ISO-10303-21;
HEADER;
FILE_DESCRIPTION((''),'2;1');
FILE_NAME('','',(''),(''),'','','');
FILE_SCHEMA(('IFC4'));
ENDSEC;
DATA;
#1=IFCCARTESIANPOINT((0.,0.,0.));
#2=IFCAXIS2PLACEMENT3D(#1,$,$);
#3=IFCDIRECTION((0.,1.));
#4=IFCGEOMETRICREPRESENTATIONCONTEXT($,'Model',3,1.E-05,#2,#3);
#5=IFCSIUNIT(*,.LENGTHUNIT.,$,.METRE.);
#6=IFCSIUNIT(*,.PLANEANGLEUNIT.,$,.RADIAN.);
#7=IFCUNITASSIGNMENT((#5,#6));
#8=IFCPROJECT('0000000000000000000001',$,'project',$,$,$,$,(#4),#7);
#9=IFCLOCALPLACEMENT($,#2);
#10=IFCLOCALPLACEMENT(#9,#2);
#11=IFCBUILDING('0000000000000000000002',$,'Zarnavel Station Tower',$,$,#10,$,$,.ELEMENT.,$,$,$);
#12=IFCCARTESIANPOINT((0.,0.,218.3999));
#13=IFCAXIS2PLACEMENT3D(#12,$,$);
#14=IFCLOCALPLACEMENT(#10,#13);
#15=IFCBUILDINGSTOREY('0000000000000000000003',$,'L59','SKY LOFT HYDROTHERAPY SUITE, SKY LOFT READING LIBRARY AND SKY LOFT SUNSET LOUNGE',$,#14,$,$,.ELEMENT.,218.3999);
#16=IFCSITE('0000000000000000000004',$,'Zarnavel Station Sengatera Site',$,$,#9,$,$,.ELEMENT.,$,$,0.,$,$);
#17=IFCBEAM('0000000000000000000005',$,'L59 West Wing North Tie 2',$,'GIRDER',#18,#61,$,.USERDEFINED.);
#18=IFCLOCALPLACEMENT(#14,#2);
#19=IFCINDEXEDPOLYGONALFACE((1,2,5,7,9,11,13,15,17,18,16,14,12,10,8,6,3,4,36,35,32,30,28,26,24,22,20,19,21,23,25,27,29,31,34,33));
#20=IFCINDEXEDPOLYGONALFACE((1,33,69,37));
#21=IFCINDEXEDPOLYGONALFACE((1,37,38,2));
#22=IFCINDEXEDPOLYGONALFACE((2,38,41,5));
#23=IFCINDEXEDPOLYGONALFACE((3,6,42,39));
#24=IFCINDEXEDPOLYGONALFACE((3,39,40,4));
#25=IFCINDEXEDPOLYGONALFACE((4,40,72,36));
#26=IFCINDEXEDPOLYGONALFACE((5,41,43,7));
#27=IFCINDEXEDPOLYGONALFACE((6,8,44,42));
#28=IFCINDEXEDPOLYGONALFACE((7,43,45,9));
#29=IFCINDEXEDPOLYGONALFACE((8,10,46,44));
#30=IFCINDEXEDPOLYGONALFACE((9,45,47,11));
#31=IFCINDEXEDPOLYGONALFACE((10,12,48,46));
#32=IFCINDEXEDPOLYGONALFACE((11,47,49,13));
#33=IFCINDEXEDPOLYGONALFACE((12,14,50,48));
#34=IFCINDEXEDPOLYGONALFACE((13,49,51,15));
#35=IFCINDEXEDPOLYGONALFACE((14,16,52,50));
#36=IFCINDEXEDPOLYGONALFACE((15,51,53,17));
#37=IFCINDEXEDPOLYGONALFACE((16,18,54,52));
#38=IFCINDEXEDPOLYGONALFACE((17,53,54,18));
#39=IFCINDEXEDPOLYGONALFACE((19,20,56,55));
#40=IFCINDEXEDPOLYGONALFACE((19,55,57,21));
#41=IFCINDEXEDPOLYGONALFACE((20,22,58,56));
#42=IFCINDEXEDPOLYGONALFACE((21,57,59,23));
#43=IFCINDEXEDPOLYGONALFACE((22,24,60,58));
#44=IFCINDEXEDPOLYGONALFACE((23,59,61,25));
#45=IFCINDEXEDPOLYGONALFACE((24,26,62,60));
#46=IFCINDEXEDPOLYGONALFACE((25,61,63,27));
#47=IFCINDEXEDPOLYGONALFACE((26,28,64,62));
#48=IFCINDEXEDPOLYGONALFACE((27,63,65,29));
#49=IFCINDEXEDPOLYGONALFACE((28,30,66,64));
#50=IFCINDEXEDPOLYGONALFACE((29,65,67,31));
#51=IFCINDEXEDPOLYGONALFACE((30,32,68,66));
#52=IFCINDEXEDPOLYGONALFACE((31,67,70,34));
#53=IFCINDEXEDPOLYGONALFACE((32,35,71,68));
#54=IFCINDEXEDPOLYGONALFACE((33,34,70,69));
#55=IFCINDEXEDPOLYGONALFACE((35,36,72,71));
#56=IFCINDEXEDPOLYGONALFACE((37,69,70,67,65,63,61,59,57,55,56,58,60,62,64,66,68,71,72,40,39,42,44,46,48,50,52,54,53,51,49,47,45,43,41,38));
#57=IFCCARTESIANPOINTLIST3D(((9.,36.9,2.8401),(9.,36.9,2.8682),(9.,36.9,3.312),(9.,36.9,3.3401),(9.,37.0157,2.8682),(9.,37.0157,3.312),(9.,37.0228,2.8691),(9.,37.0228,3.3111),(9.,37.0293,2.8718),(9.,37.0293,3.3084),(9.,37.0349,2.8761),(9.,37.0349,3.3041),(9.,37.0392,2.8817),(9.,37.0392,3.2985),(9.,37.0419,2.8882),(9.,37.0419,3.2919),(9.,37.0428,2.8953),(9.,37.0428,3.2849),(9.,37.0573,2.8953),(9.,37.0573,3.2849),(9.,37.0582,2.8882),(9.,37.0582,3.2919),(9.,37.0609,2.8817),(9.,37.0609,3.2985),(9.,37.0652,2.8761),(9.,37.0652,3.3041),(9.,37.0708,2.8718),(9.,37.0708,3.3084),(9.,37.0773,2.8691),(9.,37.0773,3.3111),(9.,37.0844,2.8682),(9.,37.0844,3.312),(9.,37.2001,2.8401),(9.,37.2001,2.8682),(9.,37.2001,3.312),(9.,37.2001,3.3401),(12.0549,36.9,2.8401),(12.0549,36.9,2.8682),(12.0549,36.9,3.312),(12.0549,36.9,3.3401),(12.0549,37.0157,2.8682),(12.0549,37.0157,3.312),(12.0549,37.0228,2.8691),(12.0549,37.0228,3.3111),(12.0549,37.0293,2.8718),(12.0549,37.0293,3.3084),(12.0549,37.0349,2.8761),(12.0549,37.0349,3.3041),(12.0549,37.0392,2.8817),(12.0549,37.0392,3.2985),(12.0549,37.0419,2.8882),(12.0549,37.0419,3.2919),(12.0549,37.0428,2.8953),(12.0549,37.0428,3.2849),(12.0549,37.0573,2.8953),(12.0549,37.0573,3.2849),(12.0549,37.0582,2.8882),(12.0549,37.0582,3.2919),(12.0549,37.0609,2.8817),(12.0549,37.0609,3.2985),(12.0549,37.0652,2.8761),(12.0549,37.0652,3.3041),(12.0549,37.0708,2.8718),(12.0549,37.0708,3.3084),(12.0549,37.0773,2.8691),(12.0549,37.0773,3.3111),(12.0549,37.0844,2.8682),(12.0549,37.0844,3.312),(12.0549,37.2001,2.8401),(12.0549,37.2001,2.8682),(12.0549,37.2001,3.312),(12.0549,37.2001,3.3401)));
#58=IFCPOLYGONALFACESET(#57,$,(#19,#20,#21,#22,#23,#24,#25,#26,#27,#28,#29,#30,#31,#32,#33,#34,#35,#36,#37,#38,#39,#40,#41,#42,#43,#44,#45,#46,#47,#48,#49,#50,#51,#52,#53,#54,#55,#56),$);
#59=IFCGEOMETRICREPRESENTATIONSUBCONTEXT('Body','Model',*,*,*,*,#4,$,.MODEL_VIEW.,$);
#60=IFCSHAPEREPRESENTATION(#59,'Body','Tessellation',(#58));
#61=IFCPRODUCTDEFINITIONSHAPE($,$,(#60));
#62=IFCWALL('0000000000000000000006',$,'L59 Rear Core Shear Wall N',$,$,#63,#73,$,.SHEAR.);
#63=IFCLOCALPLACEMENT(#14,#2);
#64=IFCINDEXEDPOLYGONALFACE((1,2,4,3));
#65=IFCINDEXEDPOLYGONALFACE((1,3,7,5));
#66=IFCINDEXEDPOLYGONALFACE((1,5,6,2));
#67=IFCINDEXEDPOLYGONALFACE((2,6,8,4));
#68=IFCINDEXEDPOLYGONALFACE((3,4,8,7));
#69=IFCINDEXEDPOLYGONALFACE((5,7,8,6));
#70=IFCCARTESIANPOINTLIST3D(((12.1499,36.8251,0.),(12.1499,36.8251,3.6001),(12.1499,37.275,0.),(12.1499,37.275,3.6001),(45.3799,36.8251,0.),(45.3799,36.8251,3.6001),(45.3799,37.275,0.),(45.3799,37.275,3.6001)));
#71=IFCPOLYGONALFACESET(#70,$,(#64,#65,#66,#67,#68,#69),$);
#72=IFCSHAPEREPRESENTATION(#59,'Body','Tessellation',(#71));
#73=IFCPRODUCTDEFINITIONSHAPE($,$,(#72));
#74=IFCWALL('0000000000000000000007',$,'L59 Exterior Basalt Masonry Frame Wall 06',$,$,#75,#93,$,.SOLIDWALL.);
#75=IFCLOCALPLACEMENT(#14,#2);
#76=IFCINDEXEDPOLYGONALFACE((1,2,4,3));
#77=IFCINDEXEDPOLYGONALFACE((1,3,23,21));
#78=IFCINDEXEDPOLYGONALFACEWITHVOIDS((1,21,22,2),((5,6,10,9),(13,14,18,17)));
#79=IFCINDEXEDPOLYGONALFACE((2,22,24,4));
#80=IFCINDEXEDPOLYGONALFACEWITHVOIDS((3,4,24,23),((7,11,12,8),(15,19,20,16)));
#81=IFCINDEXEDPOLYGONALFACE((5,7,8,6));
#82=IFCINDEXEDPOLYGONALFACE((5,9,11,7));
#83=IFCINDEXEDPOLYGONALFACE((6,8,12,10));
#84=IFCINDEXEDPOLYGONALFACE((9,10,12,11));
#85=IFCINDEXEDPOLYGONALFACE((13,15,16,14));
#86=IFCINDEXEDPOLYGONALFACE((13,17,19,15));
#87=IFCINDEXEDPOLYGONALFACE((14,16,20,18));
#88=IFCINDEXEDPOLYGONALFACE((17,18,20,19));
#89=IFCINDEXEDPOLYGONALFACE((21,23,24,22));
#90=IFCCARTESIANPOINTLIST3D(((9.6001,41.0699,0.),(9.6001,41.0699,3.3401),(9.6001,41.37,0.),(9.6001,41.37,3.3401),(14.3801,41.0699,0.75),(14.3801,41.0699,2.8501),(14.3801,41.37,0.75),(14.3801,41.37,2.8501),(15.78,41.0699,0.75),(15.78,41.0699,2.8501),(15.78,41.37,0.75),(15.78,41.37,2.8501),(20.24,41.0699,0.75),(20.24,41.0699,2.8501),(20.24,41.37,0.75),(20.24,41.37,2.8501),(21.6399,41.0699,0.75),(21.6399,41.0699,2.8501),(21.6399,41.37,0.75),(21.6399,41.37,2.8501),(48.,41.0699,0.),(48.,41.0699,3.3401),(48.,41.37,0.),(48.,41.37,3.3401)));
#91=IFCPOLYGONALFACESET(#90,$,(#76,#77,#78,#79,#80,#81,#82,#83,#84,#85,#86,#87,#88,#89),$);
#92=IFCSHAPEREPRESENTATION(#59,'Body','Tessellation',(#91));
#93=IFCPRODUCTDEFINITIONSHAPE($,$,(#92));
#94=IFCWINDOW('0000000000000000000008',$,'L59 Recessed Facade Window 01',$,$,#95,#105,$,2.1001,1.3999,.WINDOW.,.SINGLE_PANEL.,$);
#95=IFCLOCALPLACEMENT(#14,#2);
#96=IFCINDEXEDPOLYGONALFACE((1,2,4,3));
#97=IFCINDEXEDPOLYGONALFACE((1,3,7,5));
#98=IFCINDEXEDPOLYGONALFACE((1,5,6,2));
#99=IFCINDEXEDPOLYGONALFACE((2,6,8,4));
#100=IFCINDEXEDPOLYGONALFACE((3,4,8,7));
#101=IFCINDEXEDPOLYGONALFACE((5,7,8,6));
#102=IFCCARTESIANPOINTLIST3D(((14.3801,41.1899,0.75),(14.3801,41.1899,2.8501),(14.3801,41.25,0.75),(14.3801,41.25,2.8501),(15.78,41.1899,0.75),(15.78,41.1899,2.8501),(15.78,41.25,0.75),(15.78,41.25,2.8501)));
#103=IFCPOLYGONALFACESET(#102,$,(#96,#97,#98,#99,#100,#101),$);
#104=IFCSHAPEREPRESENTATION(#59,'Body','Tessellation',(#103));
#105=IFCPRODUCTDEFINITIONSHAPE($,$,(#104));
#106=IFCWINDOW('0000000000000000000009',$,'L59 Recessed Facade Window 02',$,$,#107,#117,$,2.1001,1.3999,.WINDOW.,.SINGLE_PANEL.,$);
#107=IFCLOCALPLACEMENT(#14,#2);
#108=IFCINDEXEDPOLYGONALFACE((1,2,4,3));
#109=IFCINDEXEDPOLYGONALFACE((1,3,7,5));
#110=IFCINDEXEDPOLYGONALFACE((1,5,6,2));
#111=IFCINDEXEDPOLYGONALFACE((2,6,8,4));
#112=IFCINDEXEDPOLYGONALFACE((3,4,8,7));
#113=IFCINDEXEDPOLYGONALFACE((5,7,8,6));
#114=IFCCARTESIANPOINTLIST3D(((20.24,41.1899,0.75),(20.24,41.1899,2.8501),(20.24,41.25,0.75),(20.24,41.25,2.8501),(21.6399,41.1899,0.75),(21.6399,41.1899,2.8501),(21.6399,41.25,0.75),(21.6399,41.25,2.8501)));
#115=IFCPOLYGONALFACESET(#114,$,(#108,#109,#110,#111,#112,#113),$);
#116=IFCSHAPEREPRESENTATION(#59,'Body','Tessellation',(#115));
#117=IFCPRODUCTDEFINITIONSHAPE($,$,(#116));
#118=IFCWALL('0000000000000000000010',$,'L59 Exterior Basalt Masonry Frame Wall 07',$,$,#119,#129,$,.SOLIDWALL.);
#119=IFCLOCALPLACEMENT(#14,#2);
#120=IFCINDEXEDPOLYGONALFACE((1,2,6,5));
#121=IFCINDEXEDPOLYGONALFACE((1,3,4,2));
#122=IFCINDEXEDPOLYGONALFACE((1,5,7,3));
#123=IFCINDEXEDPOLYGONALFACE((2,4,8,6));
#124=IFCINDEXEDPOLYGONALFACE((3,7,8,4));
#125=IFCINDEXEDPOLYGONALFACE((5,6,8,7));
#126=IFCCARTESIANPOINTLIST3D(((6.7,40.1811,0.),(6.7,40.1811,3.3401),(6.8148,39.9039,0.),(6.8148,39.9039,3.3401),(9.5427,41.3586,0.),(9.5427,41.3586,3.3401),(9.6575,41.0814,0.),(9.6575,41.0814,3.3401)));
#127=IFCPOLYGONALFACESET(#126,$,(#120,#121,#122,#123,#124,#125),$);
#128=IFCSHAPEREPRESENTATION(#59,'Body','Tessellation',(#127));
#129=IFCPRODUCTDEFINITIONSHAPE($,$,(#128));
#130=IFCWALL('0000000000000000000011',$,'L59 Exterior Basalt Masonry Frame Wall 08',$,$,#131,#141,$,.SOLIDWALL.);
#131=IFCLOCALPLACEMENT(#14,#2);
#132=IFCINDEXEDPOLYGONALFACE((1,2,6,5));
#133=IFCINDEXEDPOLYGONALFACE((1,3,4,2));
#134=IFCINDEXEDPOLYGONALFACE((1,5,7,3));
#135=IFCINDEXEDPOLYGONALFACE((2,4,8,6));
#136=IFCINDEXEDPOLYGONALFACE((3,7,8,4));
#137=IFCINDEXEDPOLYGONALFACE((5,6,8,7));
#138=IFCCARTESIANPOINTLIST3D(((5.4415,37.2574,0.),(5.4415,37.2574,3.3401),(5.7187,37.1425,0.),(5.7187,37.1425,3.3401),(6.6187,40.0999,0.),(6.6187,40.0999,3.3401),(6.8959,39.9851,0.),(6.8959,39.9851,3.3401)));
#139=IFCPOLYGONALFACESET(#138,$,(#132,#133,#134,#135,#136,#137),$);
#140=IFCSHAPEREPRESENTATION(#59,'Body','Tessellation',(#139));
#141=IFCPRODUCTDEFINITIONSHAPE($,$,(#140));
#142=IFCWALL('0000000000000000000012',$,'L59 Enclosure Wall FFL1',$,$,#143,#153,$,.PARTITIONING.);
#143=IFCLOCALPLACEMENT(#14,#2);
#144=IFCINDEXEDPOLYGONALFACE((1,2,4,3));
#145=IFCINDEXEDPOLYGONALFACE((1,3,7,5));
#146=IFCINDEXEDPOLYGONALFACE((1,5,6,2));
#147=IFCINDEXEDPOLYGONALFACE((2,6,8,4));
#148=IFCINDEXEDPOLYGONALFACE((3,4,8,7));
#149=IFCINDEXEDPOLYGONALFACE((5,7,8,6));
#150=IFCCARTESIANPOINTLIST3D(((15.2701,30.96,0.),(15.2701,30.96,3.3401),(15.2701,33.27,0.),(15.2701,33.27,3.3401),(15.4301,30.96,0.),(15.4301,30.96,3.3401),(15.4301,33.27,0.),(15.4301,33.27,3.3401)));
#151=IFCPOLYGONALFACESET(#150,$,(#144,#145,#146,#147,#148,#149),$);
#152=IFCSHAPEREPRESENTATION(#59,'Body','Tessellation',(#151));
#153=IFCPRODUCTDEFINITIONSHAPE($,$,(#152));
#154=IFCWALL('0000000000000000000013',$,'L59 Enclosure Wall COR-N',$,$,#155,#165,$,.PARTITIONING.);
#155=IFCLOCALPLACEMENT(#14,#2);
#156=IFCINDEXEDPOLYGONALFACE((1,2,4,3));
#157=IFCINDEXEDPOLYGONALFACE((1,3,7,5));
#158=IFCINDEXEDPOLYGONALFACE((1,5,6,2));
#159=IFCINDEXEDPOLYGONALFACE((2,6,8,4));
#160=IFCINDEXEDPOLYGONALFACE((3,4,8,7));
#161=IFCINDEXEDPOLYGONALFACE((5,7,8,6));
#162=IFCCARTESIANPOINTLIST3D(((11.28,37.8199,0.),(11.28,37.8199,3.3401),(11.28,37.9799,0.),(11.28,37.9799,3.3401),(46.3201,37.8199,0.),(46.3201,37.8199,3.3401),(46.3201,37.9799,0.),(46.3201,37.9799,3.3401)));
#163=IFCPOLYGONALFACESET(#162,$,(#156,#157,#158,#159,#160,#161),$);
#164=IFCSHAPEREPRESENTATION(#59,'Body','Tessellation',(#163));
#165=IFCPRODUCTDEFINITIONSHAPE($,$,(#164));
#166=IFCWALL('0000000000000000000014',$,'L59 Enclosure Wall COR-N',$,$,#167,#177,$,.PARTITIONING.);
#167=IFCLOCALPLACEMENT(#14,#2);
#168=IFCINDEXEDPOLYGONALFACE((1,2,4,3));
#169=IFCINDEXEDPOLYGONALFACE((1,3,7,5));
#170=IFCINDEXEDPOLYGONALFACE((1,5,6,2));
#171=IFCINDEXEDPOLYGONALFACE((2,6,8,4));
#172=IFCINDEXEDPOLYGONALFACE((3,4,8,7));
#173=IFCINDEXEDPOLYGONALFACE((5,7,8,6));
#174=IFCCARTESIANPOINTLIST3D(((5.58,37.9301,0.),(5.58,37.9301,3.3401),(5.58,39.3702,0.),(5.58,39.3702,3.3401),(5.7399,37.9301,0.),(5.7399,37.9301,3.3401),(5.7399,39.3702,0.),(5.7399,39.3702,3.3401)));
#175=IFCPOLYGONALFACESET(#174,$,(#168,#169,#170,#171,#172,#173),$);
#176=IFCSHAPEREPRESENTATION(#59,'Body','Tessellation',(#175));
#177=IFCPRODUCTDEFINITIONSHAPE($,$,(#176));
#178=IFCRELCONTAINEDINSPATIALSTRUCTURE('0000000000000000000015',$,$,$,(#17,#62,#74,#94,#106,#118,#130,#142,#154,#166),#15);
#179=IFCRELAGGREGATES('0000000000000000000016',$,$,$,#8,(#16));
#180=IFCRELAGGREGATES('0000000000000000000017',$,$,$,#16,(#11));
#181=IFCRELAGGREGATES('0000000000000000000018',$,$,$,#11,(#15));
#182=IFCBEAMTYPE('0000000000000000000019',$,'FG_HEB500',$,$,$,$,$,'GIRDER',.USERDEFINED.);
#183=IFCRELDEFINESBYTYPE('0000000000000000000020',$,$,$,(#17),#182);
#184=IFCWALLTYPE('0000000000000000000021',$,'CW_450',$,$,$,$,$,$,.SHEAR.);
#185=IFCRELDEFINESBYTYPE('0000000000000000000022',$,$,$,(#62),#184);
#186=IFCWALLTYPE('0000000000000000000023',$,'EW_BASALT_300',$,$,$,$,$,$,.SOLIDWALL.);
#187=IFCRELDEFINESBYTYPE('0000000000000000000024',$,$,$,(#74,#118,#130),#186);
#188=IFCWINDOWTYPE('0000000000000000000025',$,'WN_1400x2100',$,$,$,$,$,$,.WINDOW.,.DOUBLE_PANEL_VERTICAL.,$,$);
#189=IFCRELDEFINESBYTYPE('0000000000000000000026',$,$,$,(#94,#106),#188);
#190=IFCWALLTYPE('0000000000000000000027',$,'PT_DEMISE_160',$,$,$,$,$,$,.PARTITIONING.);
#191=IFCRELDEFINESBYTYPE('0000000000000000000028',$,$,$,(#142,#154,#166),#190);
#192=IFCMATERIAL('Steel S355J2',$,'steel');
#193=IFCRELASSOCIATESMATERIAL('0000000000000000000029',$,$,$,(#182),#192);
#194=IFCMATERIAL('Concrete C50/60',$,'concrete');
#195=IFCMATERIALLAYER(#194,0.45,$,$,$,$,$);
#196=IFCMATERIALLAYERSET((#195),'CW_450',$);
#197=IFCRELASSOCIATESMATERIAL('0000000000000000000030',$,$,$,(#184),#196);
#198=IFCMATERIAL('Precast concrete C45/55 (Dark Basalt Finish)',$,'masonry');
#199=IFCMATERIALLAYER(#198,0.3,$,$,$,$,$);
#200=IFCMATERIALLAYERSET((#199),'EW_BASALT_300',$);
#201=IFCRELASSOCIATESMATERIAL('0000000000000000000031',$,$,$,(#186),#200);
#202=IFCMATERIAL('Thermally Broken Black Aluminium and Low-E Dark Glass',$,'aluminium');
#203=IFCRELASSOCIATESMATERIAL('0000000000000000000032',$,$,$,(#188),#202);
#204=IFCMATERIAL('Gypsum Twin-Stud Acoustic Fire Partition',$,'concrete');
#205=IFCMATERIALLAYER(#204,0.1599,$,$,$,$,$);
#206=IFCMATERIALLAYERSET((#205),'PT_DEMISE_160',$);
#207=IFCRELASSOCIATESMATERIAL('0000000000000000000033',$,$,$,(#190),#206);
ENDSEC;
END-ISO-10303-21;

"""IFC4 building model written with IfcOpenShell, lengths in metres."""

from ifc_helpers import new_model, si_unit, direction, frame, frame_2d, origin, origin_2d, place, context, subcontext, project, spatial, rectangle, i_section, extrude, material, layer, layer_set, material_profile, profile_set, type_object, element, fill, save


model = new_model("IFC4")

# Units and contexts
model_context = context("Model", 3, precision=1e-05, world=origin(), true_north=direction((0.0, 1.0)))
body_context = subcontext(model_context, "Body", "Model", "MODEL_VIEW")
ifc_project = project(units=[si_unit("LENGTHUNIT", "METRE"), si_unit("PLANEANGLEUNIT", "RADIAN")], contexts=[model_context])

# Site, building, storey
site_placement = place(None, origin())
site = spatial("IfcSite", under=ifc_project, at=site_placement, Name="Zarnavel Station Sengatera Site", CompositionType="ELEMENT", RefElevation=0.0)
building_placement = place(site_placement, origin())
building = spatial("IfcBuilding", under=site, at=building_placement, Name="Zarnavel Station Tower", CompositionType="ELEMENT")
storey_placement = place(building_placement, frame((0.0, 0.0, 218.3999)))
storey = spatial("IfcBuildingStorey", under=building, at=storey_placement, Name="L59", Description="SKY LOFT HYDROTHERAPY SUITE, SKY LOFT READING LIBRARY AND SKY LOFT SUNSET LOUNGE", CompositionType="ELEMENT", Elevation=218.3999)

# Beam
ifc_material_1 = material(Name="Steel S355J2", Category="steel")
ifc_material_profile_1 = material_profile(ifc_material_1, i_section(OverallWidth=0.3, OverallDepth=0.5, WebThickness=0.0144, FlangeThickness=0.0281, FilletRadius=0.0271, at=origin_2d()), Name="HEB500")
ifc_profile_set_1 = profile_set([ifc_material_profile_1], Name="Steel S355J2")
beam_type = type_object("IfcBeamType", Name="FG_HEB500", ElementType="GIRDER", PredefinedType="USERDEFINED", material=ifc_profile_set_1)
beam_1_placement = place(storey_placement, frame((9.0, 37.05, 3.0901), z_axis=(1.0, 0.0, 0.0), x_axis=(0.0, 1.0, 0.0)))
element("IfcBeam", 1, at=beam_1_placement, inside=storey, type_object=beam_type, Name="L59 West Wing North Tie 2", ObjectType="GIRDER", PredefinedType="USERDEFINED", context=body_context, shape_type="SweptSolid", body=[
    extrude(i_section(OverallWidth=0.3, OverallDepth=0.5, WebThickness=0.0144, FlangeThickness=0.0281, FilletRadius=0.0271, at=origin_2d()), origin(), (0.0, 0.0, 1.0), 3.0549),
])

# Wall
ifc_material_2 = material(Name="Concrete C50/60", Category="concrete")
ifc_layer_1 = layer(ifc_material_2, 0.45)
ifc_layer_set_1 = layer_set([ifc_layer_1], Name="CW_450")
wall_type_1 = type_object("IfcWallType", Name="CW_450", PredefinedType="SHEAR", material=ifc_layer_set_1)
wall_1_placement = place(storey_placement, frame((12.1499, 37.05, 0.0), z_axis=(0.0, 0.0, 1.0), x_axis=(1.0, 0.0, 0.0)))
element("IfcWall", 2, at=wall_1_placement, inside=storey, type_object=wall_type_1, Name="L59 Rear Core Shear Wall N", PredefinedType="SHEAR", context=body_context, shape_type="SweptSolid", body=[
    extrude(rectangle(XDim=33.23, YDim=0.45, at=frame_2d((16.615, 0.0))), origin(), (0.0, 0.0, 1.0), 3.6001),
])

# Wall, openings, windows
ifc_material_3 = material(Name="Precast concrete C45/55 (Dark Basalt Finish)", Category="masonry")
ifc_layer_2 = layer(ifc_material_3, 0.3)
ifc_layer_set_2 = layer_set([ifc_layer_2], Name="EW_BASALT_300")
wall_type_2 = type_object("IfcWallType", Name="EW_BASALT_300", PredefinedType="SOLIDWALL", material=ifc_layer_set_2)
wall_2_placement = place(storey_placement, frame((9.6001, 41.22, 0.0), z_axis=(0.0, 0.0, 1.0), x_axis=(1.0, 0.0, 0.0)))
wall_2 = element("IfcWall", 3, at=wall_2_placement, inside=storey, type_object=wall_type_2, Name="L59 Exterior Basalt Masonry Frame Wall 06", PredefinedType="SOLIDWALL", context=body_context, shape_type="SweptSolid", body=[
    extrude(rectangle(XDim=38.3999, YDim=0.3, at=frame_2d((19.2, 0.0))), origin(), (0.0, 0.0, 1.0), 3.3401),
])
opening_1_placement = place(wall_2_placement, frame((4.78, 0.0, 0.75)))
opening_1 = element("IfcOpeningElement", 4, at=opening_1_placement, cuts=wall_2, PredefinedType="OPENING", context=body_context, shape_type="SweptSolid", body=[
    extrude(rectangle(XDim=1.3999, YDim=2.1001, at=frame_2d((0.7, 1.05))), frame((0.0, 0.1599, 0.0), z_axis=(0.0, -1.0, 0.0), x_axis=(1.0, 0.0, 0.0)), (0.0, 0.0, 1.0), 0.3201),
])
opening_2_placement = place(wall_2_placement, frame((10.6399, 0.0, 0.75)))
opening_2 = element("IfcOpeningElement", 5, at=opening_2_placement, cuts=wall_2, PredefinedType="OPENING", context=body_context, shape_type="SweptSolid", body=[
    extrude(rectangle(XDim=1.3999, YDim=2.1001, at=frame_2d((0.7, 1.05))), frame((0.0, 0.1599, 0.0), z_axis=(0.0, -1.0, 0.0), x_axis=(1.0, 0.0, 0.0)), (0.0, 0.0, 1.0), 0.3201),
])
ifc_material_4 = material(Name="Thermally Broken Black Aluminium and Low-E Dark Glass", Category="aluminium")
window_type = type_object("IfcWindowType", Name="WN_1400x2100", PartitioningType="DOUBLE_PANEL_VERTICAL", PredefinedType="WINDOW", material=ifc_material_4)
window_1_placement = place(opening_1_placement, origin())
window_1 = element("IfcWindow", 6, at=window_1_placement, inside=storey, type_object=window_type, Name="L59 Recessed Facade Window 01", OverallHeight=2.1001, OverallWidth=1.3999, PartitioningType="SINGLE_PANEL", PredefinedType="WINDOW", context=body_context, shape_type="SweptSolid", body=[
    extrude(rectangle(XDim=1.3999, YDim=2.1001, at=frame_2d((0.7, 1.05))), frame((0.0, 0.03, 0.0), z_axis=(0.0, -1.0, 0.0), x_axis=(1.0, 0.0, 0.0)), (0.0, 0.0, 1.0), 0.0601),
])
fill(opening_1, window_1)
window_2_placement = place(opening_2_placement, origin())
window_2 = element("IfcWindow", 7, at=window_2_placement, inside=storey, type_object=window_type, Name="L59 Recessed Facade Window 02", OverallHeight=2.1001, OverallWidth=1.3999, PartitioningType="SINGLE_PANEL", PredefinedType="WINDOW", context=body_context, shape_type="SweptSolid", body=[
    extrude(rectangle(XDim=1.3999, YDim=2.1001, at=frame_2d((0.7, 1.05))), frame((0.0, 0.03, 0.0), z_axis=(0.0, -1.0, 0.0), x_axis=(1.0, 0.0, 0.0)), (0.0, 0.0, 1.0), 0.0601),
])
fill(opening_2, window_2)

# Walls
wall_3_placement = place(storey_placement, frame((6.7573, 40.0425, 0.0), z_axis=(0.0, 0.0, 1.0), x_axis=(0.923882, 0.382676, 0.0)))
element("IfcWall", 8, at=wall_3_placement, inside=storey, type_object=wall_type_2, Name="L59 Exterior Basalt Masonry Frame Wall 07", PredefinedType="SOLIDWALL", context=body_context, shape_type="SweptSolid", body=[
    extrude(rectangle(XDim=3.0769, YDim=0.3, at=frame_2d((1.5386, 0.0))), origin(), (0.0, 0.0, 1.0), 3.3401),
])
wall_4_placement = place(storey_placement, frame((5.5801, 37.2, 0.0), z_axis=(0.0, 0.0, 1.0), x_axis=(0.382637, 0.923899, 0.0)))
element("IfcWall", 9, at=wall_4_placement, inside=storey, type_object=wall_type_2, Name="L59 Exterior Basalt Masonry Frame Wall 08", PredefinedType="SOLIDWALL", context=body_context, shape_type="SweptSolid", body=[
    extrude(rectangle(XDim=3.0767, YDim=0.3, at=frame_2d((1.5383, 0.0))), origin(), (0.0, 0.0, 1.0), 3.3401),
])
ifc_material_5 = material(Name="Gypsum Twin-Stud Acoustic Fire Partition", Category="concrete")
ifc_layer_3 = layer(ifc_material_5, 0.1599)
ifc_layer_set_3 = layer_set([ifc_layer_3], Name="PT_DEMISE_160")
wall_type_3 = type_object("IfcWallType", Name="PT_DEMISE_160", PredefinedType="PARTITIONING", material=ifc_layer_set_3)
wall_5_placement = place(storey_placement, frame((15.3501, 30.96, 0.0), z_axis=(0.0, 0.0, 1.0), x_axis=(0.0, 1.0, 0.0)))
element("IfcWall", 10, at=wall_5_placement, inside=storey, type_object=wall_type_3, Name="L59 Enclosure Wall FFL1", PredefinedType="PARTITIONING", context=body_context, shape_type="SweptSolid", body=[
    extrude(rectangle(XDim=2.3101, YDim=0.1599, at=frame_2d((1.155, 0.0))), origin(), (0.0, 0.0, 1.0), 3.3401),
])
wall_6_placement = place(storey_placement, frame((11.28, 37.8999, 0.0), z_axis=(0.0, 0.0, 1.0), x_axis=(1.0, 0.0, 0.0)))
element("IfcWall", 11, at=wall_6_placement, inside=storey, type_object=wall_type_3, Name="L59 Enclosure Wall COR-N", PredefinedType="PARTITIONING", context=body_context, shape_type="SweptSolid", body=[
    extrude(rectangle(XDim=35.04, YDim=0.1599, at=frame_2d((17.52, 0.0))), origin(), (0.0, 0.0, 1.0), 3.3401),
])
wall_7_placement = place(storey_placement, frame((5.6599, 37.9299, 0.0), z_axis=(0.0, 0.0, 1.0), x_axis=(0.0, 1.0, 0.0)))
element("IfcWall", 12, at=wall_7_placement, inside=storey, type_object=wall_type_3, Name="L59 Enclosure Wall COR-N", PredefinedType="PARTITIONING", context=body_context, shape_type="SweptSolid", body=[
    extrude(rectangle(XDim=1.4402, YDim=0.1599, at=frame_2d((0.7202, 0.0))), origin(), (0.0, 0.0, 1.0), 3.3401),
])

save(model, "model.ifc")
